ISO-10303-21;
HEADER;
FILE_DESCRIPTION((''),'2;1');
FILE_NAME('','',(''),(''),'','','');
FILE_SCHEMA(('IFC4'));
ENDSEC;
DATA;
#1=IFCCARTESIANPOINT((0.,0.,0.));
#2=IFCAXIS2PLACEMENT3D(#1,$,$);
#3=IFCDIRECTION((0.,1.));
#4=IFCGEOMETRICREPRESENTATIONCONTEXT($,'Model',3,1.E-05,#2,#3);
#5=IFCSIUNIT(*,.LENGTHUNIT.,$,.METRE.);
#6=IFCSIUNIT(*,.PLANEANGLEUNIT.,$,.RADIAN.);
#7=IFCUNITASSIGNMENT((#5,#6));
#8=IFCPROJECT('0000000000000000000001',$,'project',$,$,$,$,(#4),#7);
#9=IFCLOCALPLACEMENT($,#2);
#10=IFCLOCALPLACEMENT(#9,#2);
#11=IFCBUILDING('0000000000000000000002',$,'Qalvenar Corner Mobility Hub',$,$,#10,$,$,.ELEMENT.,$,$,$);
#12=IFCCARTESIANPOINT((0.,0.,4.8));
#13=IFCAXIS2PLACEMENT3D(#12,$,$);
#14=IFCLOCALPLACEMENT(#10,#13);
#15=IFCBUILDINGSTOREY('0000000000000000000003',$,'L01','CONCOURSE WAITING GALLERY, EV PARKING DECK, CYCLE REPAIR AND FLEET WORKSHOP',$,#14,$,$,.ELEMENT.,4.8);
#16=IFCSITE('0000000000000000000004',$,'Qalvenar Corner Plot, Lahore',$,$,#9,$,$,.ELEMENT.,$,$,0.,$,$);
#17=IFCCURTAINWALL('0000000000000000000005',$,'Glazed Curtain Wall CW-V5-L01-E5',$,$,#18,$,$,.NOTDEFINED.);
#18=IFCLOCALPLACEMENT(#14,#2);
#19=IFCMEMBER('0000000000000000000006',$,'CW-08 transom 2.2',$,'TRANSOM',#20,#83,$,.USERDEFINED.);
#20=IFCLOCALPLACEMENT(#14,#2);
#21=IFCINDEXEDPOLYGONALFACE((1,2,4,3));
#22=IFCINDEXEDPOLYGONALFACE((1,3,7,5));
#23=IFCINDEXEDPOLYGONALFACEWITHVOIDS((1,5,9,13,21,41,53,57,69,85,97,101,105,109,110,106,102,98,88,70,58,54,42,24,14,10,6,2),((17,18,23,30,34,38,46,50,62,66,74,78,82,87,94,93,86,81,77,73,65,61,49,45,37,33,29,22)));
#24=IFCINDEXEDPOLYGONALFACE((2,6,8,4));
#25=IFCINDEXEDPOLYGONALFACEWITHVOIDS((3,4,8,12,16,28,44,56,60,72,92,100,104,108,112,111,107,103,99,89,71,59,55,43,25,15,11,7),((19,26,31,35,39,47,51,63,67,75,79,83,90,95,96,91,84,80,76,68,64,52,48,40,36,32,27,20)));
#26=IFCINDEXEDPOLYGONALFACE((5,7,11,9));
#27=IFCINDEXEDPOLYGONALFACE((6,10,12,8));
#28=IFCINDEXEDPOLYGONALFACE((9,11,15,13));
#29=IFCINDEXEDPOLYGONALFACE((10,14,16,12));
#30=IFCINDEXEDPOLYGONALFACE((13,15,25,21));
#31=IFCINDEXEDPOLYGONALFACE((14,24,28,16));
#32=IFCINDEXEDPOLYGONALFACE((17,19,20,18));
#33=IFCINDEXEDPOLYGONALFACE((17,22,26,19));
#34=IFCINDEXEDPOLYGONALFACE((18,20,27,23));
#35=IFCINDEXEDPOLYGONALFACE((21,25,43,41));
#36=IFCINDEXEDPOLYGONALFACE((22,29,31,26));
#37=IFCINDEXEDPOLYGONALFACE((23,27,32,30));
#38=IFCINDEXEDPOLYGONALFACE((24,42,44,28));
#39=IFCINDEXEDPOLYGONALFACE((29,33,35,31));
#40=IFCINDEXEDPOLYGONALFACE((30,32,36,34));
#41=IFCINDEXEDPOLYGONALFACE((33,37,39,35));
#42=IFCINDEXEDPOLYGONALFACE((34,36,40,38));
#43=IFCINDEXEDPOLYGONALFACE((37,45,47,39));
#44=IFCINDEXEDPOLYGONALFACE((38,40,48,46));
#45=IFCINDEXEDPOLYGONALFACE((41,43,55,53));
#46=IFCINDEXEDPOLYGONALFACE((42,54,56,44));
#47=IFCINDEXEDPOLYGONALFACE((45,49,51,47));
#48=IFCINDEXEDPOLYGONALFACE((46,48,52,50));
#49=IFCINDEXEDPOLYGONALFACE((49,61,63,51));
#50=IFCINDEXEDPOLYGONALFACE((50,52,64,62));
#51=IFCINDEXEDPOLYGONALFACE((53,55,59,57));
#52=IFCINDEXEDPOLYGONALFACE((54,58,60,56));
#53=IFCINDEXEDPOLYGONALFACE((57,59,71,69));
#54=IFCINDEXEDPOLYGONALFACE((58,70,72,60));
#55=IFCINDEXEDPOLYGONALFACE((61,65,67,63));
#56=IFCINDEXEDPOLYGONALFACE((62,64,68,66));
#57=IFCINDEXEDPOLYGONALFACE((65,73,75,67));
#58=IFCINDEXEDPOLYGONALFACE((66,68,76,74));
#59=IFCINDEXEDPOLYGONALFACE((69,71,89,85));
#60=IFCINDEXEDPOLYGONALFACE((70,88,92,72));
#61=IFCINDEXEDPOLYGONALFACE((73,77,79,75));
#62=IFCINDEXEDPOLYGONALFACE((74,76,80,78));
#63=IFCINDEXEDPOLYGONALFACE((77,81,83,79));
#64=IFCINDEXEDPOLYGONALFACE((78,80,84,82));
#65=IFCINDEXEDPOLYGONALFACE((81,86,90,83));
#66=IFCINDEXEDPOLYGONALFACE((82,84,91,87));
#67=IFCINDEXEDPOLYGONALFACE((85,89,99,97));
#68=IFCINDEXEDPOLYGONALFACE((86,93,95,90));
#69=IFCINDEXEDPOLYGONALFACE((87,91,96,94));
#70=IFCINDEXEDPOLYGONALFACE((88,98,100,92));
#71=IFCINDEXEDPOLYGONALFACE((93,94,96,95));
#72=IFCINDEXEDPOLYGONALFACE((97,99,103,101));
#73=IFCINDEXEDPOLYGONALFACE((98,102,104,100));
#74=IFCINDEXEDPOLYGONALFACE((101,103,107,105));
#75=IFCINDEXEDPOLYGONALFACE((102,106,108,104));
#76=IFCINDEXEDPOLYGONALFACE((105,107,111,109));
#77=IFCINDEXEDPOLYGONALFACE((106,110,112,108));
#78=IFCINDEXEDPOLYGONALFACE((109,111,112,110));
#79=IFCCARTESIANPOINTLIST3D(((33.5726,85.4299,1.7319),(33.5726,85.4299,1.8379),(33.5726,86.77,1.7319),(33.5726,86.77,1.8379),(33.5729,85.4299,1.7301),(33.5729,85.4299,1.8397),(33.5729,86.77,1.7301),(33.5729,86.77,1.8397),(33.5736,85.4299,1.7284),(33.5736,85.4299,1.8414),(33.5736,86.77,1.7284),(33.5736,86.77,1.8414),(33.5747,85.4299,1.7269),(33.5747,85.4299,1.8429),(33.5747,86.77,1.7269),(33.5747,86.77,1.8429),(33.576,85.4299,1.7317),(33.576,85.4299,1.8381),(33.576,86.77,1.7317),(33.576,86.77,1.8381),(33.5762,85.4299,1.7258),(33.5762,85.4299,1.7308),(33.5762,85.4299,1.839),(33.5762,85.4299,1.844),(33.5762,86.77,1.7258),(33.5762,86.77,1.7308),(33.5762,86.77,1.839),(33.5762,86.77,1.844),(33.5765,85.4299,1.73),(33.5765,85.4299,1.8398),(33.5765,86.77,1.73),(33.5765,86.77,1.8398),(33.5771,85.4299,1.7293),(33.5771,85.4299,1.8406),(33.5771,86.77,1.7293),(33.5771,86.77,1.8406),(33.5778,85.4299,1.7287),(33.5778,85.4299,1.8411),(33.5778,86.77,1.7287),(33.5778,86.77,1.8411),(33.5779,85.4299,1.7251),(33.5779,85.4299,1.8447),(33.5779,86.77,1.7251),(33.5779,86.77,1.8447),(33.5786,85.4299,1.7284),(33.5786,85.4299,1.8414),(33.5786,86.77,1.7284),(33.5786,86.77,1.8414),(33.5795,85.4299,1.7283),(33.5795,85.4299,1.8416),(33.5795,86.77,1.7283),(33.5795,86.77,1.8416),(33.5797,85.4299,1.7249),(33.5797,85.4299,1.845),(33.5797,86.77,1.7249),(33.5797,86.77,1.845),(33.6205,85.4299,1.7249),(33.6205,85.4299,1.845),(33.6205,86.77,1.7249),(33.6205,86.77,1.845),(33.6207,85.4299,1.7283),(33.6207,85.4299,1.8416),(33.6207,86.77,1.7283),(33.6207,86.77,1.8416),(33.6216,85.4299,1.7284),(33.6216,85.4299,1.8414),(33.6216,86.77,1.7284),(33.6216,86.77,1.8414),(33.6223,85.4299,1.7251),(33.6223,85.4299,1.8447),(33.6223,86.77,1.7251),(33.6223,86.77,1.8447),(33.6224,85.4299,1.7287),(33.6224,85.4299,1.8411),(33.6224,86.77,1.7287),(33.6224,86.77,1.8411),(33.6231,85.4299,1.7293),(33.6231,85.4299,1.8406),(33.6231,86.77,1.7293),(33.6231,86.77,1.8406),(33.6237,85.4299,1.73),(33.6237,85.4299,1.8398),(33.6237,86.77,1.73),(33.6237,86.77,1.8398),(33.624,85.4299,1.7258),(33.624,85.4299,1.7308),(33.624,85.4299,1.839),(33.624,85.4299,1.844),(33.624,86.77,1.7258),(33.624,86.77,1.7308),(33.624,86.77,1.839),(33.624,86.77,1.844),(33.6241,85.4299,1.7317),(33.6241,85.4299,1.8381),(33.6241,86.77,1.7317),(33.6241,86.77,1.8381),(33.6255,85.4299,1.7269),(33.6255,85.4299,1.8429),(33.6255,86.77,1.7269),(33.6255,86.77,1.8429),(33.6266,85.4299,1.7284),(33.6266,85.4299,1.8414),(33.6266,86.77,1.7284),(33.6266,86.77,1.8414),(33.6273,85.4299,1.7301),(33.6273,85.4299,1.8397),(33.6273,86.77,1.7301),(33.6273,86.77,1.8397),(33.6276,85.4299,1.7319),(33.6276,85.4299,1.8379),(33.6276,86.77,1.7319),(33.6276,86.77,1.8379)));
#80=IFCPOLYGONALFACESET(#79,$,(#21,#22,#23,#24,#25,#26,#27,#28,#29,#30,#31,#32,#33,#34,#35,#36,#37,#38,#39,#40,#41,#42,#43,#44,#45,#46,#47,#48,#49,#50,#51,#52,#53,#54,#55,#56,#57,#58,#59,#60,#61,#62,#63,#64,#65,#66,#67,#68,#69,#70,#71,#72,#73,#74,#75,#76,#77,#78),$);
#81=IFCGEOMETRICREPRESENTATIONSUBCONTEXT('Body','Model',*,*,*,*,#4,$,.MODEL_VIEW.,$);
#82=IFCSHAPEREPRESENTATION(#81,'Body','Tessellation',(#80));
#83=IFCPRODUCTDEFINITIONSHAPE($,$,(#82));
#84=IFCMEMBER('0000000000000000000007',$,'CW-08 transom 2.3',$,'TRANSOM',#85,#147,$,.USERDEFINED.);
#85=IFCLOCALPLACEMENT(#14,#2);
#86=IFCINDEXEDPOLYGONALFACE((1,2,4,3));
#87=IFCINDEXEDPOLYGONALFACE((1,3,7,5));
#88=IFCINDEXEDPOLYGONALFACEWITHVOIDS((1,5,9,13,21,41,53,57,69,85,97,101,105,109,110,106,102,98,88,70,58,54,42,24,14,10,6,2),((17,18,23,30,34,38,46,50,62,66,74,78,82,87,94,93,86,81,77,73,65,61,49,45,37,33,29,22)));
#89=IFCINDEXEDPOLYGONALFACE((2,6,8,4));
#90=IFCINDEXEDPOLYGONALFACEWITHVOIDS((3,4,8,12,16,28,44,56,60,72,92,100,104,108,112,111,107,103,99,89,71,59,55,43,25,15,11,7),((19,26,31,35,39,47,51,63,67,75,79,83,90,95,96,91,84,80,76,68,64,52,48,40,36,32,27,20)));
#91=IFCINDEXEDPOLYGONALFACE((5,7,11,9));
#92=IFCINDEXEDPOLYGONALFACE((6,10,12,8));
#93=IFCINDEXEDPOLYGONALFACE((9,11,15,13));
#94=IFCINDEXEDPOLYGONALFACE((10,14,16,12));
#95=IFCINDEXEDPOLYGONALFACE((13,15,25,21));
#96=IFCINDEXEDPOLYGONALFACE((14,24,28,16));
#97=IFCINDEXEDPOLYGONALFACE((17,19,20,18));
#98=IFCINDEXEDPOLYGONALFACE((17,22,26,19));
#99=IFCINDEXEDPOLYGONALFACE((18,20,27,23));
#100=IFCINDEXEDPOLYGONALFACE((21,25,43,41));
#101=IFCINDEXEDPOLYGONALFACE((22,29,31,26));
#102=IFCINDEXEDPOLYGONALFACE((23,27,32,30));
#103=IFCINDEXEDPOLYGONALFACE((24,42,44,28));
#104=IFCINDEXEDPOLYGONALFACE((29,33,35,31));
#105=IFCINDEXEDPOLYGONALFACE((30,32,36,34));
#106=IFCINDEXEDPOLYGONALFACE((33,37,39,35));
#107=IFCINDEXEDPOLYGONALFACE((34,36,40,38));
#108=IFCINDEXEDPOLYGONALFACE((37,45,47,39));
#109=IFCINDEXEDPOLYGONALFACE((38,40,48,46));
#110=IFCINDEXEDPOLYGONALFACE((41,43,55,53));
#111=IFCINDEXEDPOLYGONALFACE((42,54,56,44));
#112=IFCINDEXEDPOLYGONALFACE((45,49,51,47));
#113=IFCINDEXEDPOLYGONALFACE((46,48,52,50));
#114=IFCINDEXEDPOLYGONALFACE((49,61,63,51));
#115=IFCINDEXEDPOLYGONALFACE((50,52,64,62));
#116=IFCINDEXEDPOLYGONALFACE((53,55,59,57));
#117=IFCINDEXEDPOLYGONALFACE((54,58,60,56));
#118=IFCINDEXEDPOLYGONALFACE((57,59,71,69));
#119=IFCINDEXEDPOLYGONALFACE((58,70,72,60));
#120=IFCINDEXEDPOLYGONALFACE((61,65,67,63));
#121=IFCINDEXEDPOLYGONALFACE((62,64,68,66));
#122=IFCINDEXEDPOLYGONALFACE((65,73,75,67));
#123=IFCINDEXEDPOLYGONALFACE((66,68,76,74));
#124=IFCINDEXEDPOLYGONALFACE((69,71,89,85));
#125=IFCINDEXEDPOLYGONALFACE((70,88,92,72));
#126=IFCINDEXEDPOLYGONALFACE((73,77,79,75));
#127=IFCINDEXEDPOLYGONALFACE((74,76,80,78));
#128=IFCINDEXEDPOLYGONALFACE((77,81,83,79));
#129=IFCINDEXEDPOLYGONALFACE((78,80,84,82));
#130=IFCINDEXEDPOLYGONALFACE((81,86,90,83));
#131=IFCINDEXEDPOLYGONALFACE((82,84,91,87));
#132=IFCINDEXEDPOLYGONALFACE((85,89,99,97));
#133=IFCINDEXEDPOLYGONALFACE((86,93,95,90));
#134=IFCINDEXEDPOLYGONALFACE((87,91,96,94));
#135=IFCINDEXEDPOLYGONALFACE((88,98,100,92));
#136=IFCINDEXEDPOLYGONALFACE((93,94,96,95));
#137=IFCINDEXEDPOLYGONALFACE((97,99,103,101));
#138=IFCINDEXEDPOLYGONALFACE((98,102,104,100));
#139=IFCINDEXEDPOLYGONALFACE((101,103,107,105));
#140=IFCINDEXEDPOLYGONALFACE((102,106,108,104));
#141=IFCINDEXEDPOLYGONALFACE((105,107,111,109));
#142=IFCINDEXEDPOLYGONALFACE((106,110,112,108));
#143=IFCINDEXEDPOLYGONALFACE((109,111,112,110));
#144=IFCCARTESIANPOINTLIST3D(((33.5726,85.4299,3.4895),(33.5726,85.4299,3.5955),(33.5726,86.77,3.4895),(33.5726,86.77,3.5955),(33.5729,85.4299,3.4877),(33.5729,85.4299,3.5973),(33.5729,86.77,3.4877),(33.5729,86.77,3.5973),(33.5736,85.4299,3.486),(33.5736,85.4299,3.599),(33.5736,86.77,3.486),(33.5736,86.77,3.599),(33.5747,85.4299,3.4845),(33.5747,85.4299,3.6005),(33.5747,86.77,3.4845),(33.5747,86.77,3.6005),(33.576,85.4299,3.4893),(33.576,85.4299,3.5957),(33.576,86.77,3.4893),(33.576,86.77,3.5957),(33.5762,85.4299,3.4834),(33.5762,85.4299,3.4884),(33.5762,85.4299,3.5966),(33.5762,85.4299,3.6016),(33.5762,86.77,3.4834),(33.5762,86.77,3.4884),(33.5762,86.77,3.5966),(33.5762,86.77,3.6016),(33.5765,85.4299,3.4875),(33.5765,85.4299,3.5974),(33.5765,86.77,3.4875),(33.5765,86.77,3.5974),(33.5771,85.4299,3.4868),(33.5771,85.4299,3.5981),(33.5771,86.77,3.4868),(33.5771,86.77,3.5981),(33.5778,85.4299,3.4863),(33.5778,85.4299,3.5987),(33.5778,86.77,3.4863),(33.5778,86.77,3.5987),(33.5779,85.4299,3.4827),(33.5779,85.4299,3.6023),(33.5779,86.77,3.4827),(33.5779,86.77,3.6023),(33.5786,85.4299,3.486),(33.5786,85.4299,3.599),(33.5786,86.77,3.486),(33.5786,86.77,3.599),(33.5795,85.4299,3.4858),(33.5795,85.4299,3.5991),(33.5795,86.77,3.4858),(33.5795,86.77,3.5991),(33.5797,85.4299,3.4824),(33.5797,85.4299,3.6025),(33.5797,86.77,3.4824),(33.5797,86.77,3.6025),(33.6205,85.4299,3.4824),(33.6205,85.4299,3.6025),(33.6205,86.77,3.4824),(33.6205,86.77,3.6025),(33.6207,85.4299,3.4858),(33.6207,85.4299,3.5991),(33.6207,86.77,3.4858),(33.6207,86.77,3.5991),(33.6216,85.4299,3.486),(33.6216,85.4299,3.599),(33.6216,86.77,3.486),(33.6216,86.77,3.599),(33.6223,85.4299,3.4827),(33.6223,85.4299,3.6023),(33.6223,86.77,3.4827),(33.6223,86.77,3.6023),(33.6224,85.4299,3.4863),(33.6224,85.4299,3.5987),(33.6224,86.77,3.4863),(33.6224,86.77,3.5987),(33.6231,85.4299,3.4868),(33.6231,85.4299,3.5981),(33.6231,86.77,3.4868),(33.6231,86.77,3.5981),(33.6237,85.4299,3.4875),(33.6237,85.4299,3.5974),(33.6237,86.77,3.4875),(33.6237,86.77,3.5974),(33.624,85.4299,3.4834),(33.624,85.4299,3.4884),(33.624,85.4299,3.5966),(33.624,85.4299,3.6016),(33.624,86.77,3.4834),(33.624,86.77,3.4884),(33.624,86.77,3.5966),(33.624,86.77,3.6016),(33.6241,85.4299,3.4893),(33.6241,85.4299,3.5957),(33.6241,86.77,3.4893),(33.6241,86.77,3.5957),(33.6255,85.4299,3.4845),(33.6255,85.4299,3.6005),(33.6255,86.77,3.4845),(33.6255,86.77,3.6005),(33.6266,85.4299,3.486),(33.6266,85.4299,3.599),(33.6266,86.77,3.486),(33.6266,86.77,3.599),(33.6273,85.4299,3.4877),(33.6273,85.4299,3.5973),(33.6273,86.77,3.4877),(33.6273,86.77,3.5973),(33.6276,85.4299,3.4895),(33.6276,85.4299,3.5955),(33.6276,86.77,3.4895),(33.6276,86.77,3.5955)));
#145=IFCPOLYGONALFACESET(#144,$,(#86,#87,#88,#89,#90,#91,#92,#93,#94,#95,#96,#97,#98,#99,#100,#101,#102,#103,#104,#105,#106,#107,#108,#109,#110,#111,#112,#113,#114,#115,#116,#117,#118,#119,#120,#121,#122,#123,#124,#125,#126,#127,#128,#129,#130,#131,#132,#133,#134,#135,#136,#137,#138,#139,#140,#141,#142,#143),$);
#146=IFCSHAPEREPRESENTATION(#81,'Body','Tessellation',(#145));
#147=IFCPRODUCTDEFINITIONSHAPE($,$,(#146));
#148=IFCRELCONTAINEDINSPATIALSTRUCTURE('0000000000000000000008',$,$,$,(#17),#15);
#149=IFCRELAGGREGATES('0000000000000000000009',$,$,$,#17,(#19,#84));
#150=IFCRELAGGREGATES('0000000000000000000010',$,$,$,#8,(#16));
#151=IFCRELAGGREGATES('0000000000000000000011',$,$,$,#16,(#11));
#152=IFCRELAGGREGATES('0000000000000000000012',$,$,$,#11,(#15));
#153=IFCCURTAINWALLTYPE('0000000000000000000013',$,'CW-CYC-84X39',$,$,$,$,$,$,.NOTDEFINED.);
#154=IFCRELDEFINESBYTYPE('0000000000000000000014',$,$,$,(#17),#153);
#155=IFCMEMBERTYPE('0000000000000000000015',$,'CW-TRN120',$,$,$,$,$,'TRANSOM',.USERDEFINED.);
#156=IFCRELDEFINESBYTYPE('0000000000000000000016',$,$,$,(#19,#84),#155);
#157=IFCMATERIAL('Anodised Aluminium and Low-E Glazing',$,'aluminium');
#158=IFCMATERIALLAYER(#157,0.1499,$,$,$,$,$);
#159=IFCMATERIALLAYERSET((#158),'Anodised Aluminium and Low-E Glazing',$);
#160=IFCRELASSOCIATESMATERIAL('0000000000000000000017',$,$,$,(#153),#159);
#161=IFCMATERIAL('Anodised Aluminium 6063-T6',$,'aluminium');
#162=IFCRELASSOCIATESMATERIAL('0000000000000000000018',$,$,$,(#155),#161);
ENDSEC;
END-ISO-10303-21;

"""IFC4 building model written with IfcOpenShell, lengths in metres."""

from ifc_helpers import new_model, si_unit, direction, frame, origin, origin_2d, place, context, subcontext, project, spatial, hollow_rectangle, extrude, material, layer, layer_set, material_profile, profile_set, type_object, element, aggregate, save


model = new_model("IFC4")

# Units and contexts
model_context = context("Model", 3, precision=1e-05, world=origin(), true_north=direction((0.0, 1.0)))
body_context = subcontext(model_context, "Body", "Model", "MODEL_VIEW")
ifc_project = project(units=[si_unit("LENGTHUNIT", "METRE"), si_unit("PLANEANGLEUNIT", "RADIAN")], contexts=[model_context])

# Site, building, storey
site_placement = place(None, origin())
site = spatial("IfcSite", under=ifc_project, at=site_placement, Name="Qalvenar Corner Plot, Lahore", CompositionType="ELEMENT", RefElevation=0.0)
building_placement = place(site_placement, origin())
building = spatial("IfcBuilding", under=site, at=building_placement, Name="Qalvenar Corner Mobility Hub", CompositionType="ELEMENT")
storey_placement = place(building_placement, frame((0.0, 0.0, 4.8)))
storey = spatial("IfcBuildingStorey", under=building, at=storey_placement, Name="L01", Description="CONCOURSE WAITING GALLERY, EV PARKING DECK, CYCLE REPAIR AND FLEET WORKSHOP", CompositionType="ELEMENT", Elevation=4.8)

# Curtain wall, members
ifc_material_1 = material(Name="Anodised Aluminium and Low-E Glazing", Category="aluminium")
ifc_layer_1 = layer(ifc_material_1, 0.1499)
ifc_layer_set_1 = layer_set([ifc_layer_1], Name="Anodised Aluminium and Low-E Glazing")
curtain_wall_type = type_object("IfcCurtainWallType", Name="CW-CYC-84X39", PredefinedType="NOTDEFINED", material=ifc_layer_set_1)
curtain_wall_placement = place(storey_placement, origin())
curtain_wall = element("IfcCurtainWall", 1, at=curtain_wall_placement, inside=storey, type_object=curtain_wall_type, Name="Glazed Curtain Wall CW-V5-L01-E5", PredefinedType="NOTDEFINED")
ifc_material_2 = material(Name="Anodised Aluminium 6063-T6", Category="aluminium")
ifc_material_profile_1 = material_profile(ifc_material_2, hollow_rectangle(XDim=0.0549, YDim=0.1201, WallThickness=0.0034, InnerFilletRadius=0.0034, OuterFilletRadius=0.0071, at=origin_2d()), Name="RHS120x55x3.5")
ifc_profile_set_1 = profile_set([ifc_material_profile_1], Name="Anodised Aluminium 6063-T6")
member_type_1 = type_object("IfcMemberType", Name="CW-TRN120", ElementType="TRANSOM", PredefinedType="USERDEFINED", material=ifc_profile_set_1)
member_1_placement = place(storey_placement, frame((33.6001, 85.4299, 1.7849), z_axis=(0.0, 1.0, 0.0), x_axis=(-1.0, 0.0, 0.0)))
member_1 = element("IfcMember", 2, at=member_1_placement, type_object=member_type_1, Name="CW-08 transom 2.2", ObjectType="TRANSOM", PredefinedType="USERDEFINED", context=body_context, shape_type="SweptSolid", body=[
    extrude(hollow_rectangle(XDim=0.0549, YDim=0.1201, WallThickness=0.0034, InnerFilletRadius=0.0034, OuterFilletRadius=0.0071, at=origin_2d()), origin(), (0.0, 0.0, 1.0), 1.3401),
])
member_2_placement = place(storey_placement, frame((33.6001, 85.4299, 3.5425), z_axis=(0.0, 1.0, 0.0), x_axis=(-1.0, 0.0, 0.0)))
member_2 = element("IfcMember", 3, at=member_2_placement, type_object=member_type_1, Name="CW-08 transom 2.3", ObjectType="TRANSOM", PredefinedType="USERDEFINED", context=body_context, shape_type="SweptSolid", body=[
    extrude(hollow_rectangle(XDim=0.0549, YDim=0.1201, WallThickness=0.0034, InnerFilletRadius=0.0034, OuterFilletRadius=0.0071, at=origin_2d()), origin(), (0.0, 0.0, 1.0), 1.3401),
])
aggregate(curtain_wall, [member_1, member_2])

save(model, "model.ifc")
